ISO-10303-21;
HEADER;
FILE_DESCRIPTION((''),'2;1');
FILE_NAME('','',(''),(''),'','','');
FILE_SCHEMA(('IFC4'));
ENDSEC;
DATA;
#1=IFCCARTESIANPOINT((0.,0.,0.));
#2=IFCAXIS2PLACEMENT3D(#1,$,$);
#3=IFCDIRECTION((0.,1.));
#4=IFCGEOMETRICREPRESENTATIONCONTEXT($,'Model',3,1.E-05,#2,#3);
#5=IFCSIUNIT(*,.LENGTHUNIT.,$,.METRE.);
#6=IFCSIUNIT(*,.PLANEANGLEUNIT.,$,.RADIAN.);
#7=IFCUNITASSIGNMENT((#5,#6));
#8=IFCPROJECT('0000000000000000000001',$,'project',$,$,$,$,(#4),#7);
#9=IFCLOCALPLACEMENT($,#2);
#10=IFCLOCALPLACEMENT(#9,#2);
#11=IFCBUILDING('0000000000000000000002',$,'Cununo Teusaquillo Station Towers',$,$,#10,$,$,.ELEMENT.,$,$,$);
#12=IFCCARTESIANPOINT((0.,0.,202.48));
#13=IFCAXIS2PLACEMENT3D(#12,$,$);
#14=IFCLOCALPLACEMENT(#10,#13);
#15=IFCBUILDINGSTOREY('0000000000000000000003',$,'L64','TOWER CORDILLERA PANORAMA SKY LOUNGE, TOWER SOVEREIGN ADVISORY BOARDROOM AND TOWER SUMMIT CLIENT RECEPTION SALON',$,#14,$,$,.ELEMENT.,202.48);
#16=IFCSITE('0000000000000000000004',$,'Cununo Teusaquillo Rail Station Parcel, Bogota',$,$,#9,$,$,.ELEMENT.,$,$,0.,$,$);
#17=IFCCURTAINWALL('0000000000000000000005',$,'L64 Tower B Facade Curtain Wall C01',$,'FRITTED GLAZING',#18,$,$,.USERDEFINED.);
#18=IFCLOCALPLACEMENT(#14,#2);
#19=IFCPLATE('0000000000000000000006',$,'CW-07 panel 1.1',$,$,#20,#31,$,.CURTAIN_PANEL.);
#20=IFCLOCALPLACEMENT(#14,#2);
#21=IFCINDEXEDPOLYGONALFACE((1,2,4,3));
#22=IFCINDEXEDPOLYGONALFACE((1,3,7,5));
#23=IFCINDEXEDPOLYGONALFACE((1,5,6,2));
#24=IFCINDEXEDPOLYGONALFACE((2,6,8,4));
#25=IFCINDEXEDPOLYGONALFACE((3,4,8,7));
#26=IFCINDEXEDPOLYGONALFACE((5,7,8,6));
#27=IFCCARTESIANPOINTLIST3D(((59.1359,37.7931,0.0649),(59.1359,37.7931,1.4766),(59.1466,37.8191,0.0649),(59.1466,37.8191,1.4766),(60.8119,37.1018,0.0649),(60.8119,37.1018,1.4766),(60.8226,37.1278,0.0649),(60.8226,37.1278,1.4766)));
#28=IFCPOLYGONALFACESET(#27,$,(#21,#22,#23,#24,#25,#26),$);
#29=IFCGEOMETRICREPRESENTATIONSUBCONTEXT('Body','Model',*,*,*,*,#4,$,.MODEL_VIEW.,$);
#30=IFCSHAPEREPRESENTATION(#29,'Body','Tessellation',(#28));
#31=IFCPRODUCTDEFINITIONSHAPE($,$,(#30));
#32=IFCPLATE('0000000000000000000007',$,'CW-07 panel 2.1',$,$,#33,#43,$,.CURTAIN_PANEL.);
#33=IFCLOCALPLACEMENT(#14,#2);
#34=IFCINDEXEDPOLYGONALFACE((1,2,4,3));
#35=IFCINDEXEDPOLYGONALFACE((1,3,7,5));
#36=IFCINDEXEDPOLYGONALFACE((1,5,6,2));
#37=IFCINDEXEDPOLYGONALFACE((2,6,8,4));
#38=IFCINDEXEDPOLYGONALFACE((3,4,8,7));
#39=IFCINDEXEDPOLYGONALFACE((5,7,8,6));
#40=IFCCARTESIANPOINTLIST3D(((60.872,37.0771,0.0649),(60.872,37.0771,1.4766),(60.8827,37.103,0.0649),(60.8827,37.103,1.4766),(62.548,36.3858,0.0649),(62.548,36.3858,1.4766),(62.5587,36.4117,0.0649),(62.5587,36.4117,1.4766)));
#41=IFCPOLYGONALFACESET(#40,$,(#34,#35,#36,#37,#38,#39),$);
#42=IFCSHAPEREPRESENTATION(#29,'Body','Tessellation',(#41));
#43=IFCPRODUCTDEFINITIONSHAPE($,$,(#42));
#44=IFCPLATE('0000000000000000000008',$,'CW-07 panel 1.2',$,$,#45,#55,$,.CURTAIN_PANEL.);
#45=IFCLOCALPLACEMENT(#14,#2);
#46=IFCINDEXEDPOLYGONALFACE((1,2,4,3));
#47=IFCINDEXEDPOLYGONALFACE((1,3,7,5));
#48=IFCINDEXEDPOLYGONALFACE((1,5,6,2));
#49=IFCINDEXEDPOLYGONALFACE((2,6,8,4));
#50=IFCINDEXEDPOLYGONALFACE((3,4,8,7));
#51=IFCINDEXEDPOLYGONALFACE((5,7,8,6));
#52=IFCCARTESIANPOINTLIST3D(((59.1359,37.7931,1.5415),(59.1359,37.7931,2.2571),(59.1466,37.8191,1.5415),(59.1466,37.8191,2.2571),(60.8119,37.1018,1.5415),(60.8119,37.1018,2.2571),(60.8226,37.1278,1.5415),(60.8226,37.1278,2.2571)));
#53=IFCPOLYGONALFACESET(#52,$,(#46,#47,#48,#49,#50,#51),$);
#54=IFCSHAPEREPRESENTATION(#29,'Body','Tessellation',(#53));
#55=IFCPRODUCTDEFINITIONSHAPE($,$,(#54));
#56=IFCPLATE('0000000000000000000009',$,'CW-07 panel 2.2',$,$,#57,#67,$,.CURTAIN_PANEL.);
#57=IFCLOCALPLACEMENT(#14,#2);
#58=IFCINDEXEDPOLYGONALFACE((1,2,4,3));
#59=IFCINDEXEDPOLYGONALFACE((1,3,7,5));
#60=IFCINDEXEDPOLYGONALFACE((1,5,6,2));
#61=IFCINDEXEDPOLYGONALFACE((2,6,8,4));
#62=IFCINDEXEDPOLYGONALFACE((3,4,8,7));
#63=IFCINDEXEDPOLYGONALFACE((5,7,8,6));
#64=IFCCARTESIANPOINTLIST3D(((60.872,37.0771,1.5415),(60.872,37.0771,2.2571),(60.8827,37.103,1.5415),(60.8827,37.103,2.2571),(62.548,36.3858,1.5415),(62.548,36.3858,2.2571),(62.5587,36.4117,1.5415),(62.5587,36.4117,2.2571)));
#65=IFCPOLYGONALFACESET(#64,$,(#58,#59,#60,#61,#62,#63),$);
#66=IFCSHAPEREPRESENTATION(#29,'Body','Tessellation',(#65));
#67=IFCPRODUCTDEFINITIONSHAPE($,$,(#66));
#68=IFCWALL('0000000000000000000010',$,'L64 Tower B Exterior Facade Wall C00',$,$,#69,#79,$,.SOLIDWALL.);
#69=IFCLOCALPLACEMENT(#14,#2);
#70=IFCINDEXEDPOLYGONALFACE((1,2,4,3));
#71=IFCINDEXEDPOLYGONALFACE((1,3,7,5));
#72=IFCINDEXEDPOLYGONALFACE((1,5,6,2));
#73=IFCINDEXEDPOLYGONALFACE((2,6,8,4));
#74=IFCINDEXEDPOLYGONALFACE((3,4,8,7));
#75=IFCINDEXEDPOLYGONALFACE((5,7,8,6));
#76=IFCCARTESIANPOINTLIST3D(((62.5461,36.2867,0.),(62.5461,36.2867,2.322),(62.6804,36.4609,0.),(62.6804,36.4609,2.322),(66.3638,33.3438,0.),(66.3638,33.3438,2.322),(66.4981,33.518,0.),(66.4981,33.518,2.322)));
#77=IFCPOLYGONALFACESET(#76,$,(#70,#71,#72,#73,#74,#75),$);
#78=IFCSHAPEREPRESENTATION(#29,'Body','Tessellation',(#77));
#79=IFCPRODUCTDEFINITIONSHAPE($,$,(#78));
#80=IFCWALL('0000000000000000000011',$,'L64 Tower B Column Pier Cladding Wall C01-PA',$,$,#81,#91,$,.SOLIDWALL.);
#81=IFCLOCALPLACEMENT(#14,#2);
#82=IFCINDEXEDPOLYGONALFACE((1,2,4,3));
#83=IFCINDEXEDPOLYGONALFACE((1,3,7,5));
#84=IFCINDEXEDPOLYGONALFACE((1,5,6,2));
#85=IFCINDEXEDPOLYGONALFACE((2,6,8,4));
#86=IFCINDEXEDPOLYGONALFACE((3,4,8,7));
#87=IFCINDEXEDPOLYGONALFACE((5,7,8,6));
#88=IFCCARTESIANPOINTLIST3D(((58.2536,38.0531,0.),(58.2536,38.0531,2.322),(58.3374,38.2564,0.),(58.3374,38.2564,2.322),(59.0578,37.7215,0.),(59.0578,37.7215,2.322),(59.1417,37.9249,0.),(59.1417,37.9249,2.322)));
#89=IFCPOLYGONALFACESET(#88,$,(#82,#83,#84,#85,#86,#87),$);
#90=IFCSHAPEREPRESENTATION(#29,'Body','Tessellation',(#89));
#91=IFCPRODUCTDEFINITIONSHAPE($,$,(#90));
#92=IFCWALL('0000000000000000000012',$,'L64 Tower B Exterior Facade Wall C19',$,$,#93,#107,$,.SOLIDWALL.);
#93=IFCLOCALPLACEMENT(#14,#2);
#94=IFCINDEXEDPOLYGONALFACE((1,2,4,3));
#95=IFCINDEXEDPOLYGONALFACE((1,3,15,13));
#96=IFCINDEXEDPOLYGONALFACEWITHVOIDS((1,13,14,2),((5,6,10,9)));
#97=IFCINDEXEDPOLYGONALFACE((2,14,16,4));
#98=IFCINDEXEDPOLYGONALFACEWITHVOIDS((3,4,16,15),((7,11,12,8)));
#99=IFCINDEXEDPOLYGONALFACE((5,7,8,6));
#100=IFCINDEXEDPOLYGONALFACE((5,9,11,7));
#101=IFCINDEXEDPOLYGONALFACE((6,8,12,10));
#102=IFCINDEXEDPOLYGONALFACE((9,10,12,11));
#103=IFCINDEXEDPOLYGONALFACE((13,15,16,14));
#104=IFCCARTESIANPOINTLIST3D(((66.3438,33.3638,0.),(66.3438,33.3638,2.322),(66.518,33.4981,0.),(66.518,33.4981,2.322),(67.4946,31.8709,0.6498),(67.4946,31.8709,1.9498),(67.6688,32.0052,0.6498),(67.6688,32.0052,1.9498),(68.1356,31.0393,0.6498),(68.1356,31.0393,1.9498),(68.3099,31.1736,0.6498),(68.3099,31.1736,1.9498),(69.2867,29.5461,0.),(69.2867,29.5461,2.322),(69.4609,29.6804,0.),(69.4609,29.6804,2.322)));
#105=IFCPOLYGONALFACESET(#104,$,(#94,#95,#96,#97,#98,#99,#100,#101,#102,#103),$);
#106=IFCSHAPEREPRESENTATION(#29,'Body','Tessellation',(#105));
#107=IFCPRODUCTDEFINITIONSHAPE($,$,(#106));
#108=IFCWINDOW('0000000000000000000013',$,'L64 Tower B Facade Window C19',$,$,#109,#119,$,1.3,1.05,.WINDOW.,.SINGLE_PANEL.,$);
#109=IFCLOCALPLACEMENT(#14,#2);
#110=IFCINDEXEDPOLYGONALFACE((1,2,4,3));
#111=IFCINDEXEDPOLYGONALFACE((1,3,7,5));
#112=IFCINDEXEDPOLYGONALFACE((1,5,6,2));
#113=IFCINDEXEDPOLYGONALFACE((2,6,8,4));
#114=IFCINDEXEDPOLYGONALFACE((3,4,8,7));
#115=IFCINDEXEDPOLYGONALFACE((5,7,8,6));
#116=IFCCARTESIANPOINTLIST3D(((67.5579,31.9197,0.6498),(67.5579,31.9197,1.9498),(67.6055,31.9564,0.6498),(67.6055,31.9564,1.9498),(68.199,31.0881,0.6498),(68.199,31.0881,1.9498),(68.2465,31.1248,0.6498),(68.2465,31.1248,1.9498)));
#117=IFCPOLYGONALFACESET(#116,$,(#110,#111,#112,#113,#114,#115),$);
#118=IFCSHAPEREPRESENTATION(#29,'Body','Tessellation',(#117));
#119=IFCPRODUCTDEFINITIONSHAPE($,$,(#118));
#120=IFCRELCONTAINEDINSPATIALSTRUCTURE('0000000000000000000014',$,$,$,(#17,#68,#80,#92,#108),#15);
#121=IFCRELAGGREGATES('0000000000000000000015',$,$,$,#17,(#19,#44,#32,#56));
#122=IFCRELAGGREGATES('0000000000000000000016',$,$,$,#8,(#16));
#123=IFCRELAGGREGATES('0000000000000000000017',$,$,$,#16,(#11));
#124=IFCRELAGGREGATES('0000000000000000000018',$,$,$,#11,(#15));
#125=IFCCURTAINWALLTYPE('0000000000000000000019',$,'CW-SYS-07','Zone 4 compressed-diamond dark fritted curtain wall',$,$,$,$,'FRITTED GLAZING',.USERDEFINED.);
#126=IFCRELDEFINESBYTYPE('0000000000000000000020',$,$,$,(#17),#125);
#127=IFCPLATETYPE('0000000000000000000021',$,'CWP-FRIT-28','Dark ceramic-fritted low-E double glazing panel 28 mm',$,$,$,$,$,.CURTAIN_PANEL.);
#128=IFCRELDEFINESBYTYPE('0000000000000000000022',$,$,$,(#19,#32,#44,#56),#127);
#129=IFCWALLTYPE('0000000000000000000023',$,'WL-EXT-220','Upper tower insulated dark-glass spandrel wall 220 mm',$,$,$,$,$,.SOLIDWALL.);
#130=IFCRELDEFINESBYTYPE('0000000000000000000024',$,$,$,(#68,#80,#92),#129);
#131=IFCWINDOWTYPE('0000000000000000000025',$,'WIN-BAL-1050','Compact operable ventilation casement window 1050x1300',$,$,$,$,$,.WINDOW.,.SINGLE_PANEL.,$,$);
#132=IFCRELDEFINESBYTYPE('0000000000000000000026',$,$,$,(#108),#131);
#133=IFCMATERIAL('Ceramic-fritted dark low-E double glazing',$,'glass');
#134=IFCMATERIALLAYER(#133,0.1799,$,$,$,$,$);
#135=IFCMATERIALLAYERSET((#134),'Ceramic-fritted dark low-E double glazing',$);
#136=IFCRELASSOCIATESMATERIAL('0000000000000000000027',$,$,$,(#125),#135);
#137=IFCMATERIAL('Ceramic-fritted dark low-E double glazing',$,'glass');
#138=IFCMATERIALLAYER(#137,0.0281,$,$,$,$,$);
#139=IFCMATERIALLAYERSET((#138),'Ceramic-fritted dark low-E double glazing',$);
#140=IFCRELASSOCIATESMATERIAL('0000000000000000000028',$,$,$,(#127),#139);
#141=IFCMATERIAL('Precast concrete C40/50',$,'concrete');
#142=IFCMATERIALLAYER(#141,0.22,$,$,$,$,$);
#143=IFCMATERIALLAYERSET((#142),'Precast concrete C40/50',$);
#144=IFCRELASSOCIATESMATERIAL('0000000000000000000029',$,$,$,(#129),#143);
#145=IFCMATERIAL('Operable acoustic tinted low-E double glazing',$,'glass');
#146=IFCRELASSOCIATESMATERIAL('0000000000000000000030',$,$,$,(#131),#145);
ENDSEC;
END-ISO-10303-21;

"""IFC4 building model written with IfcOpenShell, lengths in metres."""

from ifc_helpers import new_model, si_unit, direction, frame, frame_2d, origin, origin_2d, place, context, subcontext, project, spatial, rectangle, extrude, source, transform, mapped, material, layer, layer_set, type_object, element, fill, aggregate, save


model = new_model("IFC4")

# Units and contexts
model_context = context("Model", 3, precision=1e-05, world=origin(), true_north=direction((0.0, 1.0)))
body_context = subcontext(model_context, "Body", "Model", "MODEL_VIEW")
ifc_project = project(units=[si_unit("LENGTHUNIT", "METRE"), si_unit("PLANEANGLEUNIT", "RADIAN")], contexts=[model_context])

# Site, building, storey
site_placement = place(None, origin())
site = spatial("IfcSite", under=ifc_project, at=site_placement, Name="Cununo Teusaquillo Rail Station Parcel, Bogota", CompositionType="ELEMENT", RefElevation=0.0)
building_placement = place(site_placement, origin())
building = spatial("IfcBuilding", under=site, at=building_placement, Name="Cununo Teusaquillo Station Towers", CompositionType="ELEMENT")
storey_placement = place(building_placement, frame((0.0, 0.0, 202.48)))
storey = spatial("IfcBuildingStorey", under=building, at=storey_placement, Name="L64", Description="TOWER CORDILLERA PANORAMA SKY LOUNGE, TOWER SOVEREIGN ADVISORY BOARDROOM AND TOWER SUMMIT CLIENT RECEPTION SALON", CompositionType="ELEMENT", Elevation=202.48)

# Curtain wall
ifc_material_1 = material(Name="Ceramic-fritted dark low-E double glazing", Category="glass")
ifc_layer_1 = layer(ifc_material_1, 0.1799)
ifc_layer_set_1 = layer_set([ifc_layer_1], Name="Ceramic-fritted dark low-E double glazing")
curtain_wall_type = type_object("IfcCurtainWallType", Name="CW-SYS-07", Description="Zone 4 compressed-diamond dark fritted curtain wall", ElementType="FRITTED GLAZING", PredefinedType="USERDEFINED", material=ifc_layer_set_1)
curtain_wall_placement = place(storey_placement, origin())
curtain_wall = element("IfcCurtainWall", 1, at=curtain_wall_placement, inside=storey, type_object=curtain_wall_type, Name="L64 Tower B Facade Curtain Wall C01", ObjectType="FRITTED GLAZING", PredefinedType="USERDEFINED")

# Plates
ifc_material_2 = material(Name="Ceramic-fritted dark low-E double glazing", Category="glass")
ifc_layer_2 = layer(ifc_material_2, 0.0281)
ifc_layer_set_2 = layer_set([ifc_layer_2], Name="Ceramic-fritted dark low-E double glazing")
plate_type_1 = type_object("IfcPlateType", Name="CWP-FRIT-28", Description="Dark ceramic-fritted low-E double glazing panel 28 mm", PredefinedType="CURTAIN_PANEL", material=ifc_layer_set_2)
shared_shape_1 = source(origin(), body_context, "Body", "SweptSolid", [
    extrude(rectangle(XDim=1.813, YDim=0.0281, at=origin_2d()), origin(), (0.0, 0.0, 1.0), 1.4116),
])
plate_1_placement = place(storey_placement, frame((59.9792, 37.4604, 0.0649), z_axis=(0.0, 0.0, 1.0), x_axis=(0.924447, -0.381311, 0.0)))
plate_1 = element("IfcPlate", 2, at=plate_1_placement, type_object=plate_type_1, Name="CW-07 panel 1.1", PredefinedType="CURTAIN_PANEL", context=body_context, shape_type="MappedRepresentation", body=[
    mapped(shared_shape_1, transform((0.0, 0.0, 0.0), x_axis=(1.0, 0.0, 0.0), y_axis=(0.0, 1.0, 0.0), z_axis=(0.0, 0.0, 1.0), scale=1.0)),
])
plate_2_placement = place(storey_placement, frame((61.7153, 36.7444, 0.0649), z_axis=(0.0, 0.0, 1.0), x_axis=(0.924447, -0.381311, 0.0)))
plate_2 = element("IfcPlate", 3, at=plate_2_placement, type_object=plate_type_1, Name="CW-07 panel 2.1", PredefinedType="CURTAIN_PANEL", context=body_context, shape_type="MappedRepresentation", body=[
    mapped(shared_shape_1, transform((0.0, 0.0, 0.0), x_axis=(1.0, 0.0, 0.0), y_axis=(0.0, 1.0, 0.0), z_axis=(0.0, 0.0, 1.0), scale=1.0)),
])
shared_shape_2 = source(origin(), body_context, "Body", "SweptSolid", [
    extrude(rectangle(XDim=1.813, YDim=0.0281, at=origin_2d()), origin(), (0.0, 0.0, 1.0), 0.7156),
])
plate_3_placement = place(storey_placement, frame((59.9792, 37.4604, 1.5415), z_axis=(0.0, 0.0, 1.0), x_axis=(0.924447, -0.381311, 0.0)))
plate_3 = element("IfcPlate", 4, at=plate_3_placement, type_object=plate_type_1, Name="CW-07 panel 1.2", PredefinedType="CURTAIN_PANEL", context=body_context, shape_type="MappedRepresentation", body=[
    mapped(shared_shape_2, transform((0.0, 0.0, 0.0), x_axis=(1.0, 0.0, 0.0), y_axis=(0.0, 1.0, 0.0), z_axis=(0.0, 0.0, 1.0), scale=1.0)),
])
plate_4_placement = place(storey_placement, frame((61.7153, 36.7444, 1.5415), z_axis=(0.0, 0.0, 1.0), x_axis=(0.924447, -0.381311, 0.0)))
plate_4 = element("IfcPlate", 5, at=plate_4_placement, type_object=plate_type_1, Name="CW-07 panel 2.2", PredefinedType="CURTAIN_PANEL", context=body_context, shape_type="MappedRepresentation", body=[
    mapped(shared_shape_2, transform((0.0, 0.0, 0.0), x_axis=(1.0, 0.0, 0.0), y_axis=(0.0, 1.0, 0.0), z_axis=(0.0, 0.0, 1.0), scale=1.0)),
])
aggregate(curtain_wall, [plate_1, plate_3, plate_2, plate_4])

# Walls
ifc_material_3 = material(Name="Precast concrete C40/50", Category="concrete")
ifc_layer_3 = layer(ifc_material_3, 0.22)
ifc_layer_set_3 = layer_set([ifc_layer_3], Name="Precast concrete C40/50")
wall_type = type_object("IfcWallType", Name="WL-EXT-220", Description="Upper tower insulated dark-glass spandrel wall 220 mm", PredefinedType="SOLIDWALL", material=ifc_layer_set_3)
wall_1_placement = place(storey_placement, frame((62.6133, 36.3738, 0.0), z_axis=(0.0, 0.0, 1.0), x_axis=(0.791998, -0.610523, 0.0)))
element("IfcWall", 6, at=wall_1_placement, inside=storey, type_object=wall_type, Name="L64 Tower B Exterior Facade Wall C00", PredefinedType="SOLIDWALL", context=body_context, shape_type="SweptSolid", body=[
    extrude(rectangle(XDim=4.8203, YDim=0.22, at=frame_2d((2.4102, 0.0))), origin(), (0.0, 0.0, 1.0), 2.322),
])
wall_2_placement = place(storey_placement, frame((58.2954, 38.1548, 0.0), z_axis=(0.0, 0.0, 1.0), x_axis=(0.924515, -0.381145, 0.0)))
element("IfcWall", 7, at=wall_2_placement, inside=storey, type_object=wall_type, Name="L64 Tower B Column Pier Cladding Wall C01-PA", PredefinedType="SOLIDWALL", context=body_context, shape_type="SweptSolid", body=[
    extrude(rectangle(XDim=0.8699, YDim=0.22, at=frame_2d((0.4351, 0.0))), origin(), (0.0, 0.0, 1.0), 2.322),
])

# Wall, opening, window
wall_3_placement = place(storey_placement, frame((66.4309, 33.4309, 0.0), z_axis=(0.0, 0.0, 1.0), x_axis=(0.610523, -0.791998, 0.0)))
wall_3 = element("IfcWall", 8, at=wall_3_placement, inside=storey, type_object=wall_type, Name="L64 Tower B Exterior Facade Wall C19", PredefinedType="SOLIDWALL", context=body_context, shape_type="SweptSolid", body=[
    extrude(rectangle(XDim=4.8203, YDim=0.22, at=frame_2d((2.4102, 0.0))), origin(), (0.0, 0.0, 1.0), 2.322),
])
shared_shape_3 = source(origin(), body_context, "Body", "SweptSolid", [
    extrude(rectangle(XDim=1.05, YDim=1.3, at=frame_2d((0.5249, 0.6499))), frame((0.0, 0.1199, 0.0), z_axis=(0.0, -1.0, 0.0), x_axis=(1.0, 0.0, 0.0)), (0.0, 0.0, 1.0), 0.24),
])
opening_placement = place(wall_3_placement, frame((1.885, 0.0, 0.6499)))
opening = element("IfcOpeningElement", 9, at=opening_placement, cuts=wall_3, PredefinedType="OPENING", context=body_context, shape_type="MappedRepresentation", body=[
    mapped(shared_shape_3, transform((0.0, 0.0, 0.0), x_axis=(1.0, 0.0, 0.0), y_axis=(0.0, 1.0, 0.0), z_axis=(0.0, 0.0, 1.0), scale=1.0)),
])
ifc_material_4 = material(Name="Operable acoustic tinted low-E double glazing", Category="glass")
window_type = type_object("IfcWindowType", Name="WIN-BAL-1050", Description="Compact operable ventilation casement window 1050x1300", PartitioningType="SINGLE_PANEL", PredefinedType="WINDOW", material=ifc_material_4)
shared_shape_4 = source(origin(), body_context, "Body", "SweptSolid", [
    extrude(rectangle(XDim=1.05, YDim=1.3, at=frame_2d((0.5249, 0.6499))), frame((0.0, 0.03, 0.0), z_axis=(0.0, -1.0, 0.0), x_axis=(1.0, 0.0, 0.0)), (0.0, 0.0, 1.0), 0.0601),
])
window_placement = place(opening_placement, origin())
window = element("IfcWindow", 10, at=window_placement, inside=storey, type_object=window_type, Name="L64 Tower B Facade Window C19", OverallHeight=1.3, OverallWidth=1.05, PartitioningType="SINGLE_PANEL", PredefinedType="WINDOW", context=body_context, shape_type="MappedRepresentation", body=[
    mapped(shared_shape_4, transform((0.0, 0.0, 0.0), x_axis=(1.0, 0.0, 0.0), y_axis=(0.0, 1.0, 0.0), z_axis=(0.0, 0.0, 1.0), scale=1.0)),
])
fill(opening, window)

save(model, "model.ifc")
